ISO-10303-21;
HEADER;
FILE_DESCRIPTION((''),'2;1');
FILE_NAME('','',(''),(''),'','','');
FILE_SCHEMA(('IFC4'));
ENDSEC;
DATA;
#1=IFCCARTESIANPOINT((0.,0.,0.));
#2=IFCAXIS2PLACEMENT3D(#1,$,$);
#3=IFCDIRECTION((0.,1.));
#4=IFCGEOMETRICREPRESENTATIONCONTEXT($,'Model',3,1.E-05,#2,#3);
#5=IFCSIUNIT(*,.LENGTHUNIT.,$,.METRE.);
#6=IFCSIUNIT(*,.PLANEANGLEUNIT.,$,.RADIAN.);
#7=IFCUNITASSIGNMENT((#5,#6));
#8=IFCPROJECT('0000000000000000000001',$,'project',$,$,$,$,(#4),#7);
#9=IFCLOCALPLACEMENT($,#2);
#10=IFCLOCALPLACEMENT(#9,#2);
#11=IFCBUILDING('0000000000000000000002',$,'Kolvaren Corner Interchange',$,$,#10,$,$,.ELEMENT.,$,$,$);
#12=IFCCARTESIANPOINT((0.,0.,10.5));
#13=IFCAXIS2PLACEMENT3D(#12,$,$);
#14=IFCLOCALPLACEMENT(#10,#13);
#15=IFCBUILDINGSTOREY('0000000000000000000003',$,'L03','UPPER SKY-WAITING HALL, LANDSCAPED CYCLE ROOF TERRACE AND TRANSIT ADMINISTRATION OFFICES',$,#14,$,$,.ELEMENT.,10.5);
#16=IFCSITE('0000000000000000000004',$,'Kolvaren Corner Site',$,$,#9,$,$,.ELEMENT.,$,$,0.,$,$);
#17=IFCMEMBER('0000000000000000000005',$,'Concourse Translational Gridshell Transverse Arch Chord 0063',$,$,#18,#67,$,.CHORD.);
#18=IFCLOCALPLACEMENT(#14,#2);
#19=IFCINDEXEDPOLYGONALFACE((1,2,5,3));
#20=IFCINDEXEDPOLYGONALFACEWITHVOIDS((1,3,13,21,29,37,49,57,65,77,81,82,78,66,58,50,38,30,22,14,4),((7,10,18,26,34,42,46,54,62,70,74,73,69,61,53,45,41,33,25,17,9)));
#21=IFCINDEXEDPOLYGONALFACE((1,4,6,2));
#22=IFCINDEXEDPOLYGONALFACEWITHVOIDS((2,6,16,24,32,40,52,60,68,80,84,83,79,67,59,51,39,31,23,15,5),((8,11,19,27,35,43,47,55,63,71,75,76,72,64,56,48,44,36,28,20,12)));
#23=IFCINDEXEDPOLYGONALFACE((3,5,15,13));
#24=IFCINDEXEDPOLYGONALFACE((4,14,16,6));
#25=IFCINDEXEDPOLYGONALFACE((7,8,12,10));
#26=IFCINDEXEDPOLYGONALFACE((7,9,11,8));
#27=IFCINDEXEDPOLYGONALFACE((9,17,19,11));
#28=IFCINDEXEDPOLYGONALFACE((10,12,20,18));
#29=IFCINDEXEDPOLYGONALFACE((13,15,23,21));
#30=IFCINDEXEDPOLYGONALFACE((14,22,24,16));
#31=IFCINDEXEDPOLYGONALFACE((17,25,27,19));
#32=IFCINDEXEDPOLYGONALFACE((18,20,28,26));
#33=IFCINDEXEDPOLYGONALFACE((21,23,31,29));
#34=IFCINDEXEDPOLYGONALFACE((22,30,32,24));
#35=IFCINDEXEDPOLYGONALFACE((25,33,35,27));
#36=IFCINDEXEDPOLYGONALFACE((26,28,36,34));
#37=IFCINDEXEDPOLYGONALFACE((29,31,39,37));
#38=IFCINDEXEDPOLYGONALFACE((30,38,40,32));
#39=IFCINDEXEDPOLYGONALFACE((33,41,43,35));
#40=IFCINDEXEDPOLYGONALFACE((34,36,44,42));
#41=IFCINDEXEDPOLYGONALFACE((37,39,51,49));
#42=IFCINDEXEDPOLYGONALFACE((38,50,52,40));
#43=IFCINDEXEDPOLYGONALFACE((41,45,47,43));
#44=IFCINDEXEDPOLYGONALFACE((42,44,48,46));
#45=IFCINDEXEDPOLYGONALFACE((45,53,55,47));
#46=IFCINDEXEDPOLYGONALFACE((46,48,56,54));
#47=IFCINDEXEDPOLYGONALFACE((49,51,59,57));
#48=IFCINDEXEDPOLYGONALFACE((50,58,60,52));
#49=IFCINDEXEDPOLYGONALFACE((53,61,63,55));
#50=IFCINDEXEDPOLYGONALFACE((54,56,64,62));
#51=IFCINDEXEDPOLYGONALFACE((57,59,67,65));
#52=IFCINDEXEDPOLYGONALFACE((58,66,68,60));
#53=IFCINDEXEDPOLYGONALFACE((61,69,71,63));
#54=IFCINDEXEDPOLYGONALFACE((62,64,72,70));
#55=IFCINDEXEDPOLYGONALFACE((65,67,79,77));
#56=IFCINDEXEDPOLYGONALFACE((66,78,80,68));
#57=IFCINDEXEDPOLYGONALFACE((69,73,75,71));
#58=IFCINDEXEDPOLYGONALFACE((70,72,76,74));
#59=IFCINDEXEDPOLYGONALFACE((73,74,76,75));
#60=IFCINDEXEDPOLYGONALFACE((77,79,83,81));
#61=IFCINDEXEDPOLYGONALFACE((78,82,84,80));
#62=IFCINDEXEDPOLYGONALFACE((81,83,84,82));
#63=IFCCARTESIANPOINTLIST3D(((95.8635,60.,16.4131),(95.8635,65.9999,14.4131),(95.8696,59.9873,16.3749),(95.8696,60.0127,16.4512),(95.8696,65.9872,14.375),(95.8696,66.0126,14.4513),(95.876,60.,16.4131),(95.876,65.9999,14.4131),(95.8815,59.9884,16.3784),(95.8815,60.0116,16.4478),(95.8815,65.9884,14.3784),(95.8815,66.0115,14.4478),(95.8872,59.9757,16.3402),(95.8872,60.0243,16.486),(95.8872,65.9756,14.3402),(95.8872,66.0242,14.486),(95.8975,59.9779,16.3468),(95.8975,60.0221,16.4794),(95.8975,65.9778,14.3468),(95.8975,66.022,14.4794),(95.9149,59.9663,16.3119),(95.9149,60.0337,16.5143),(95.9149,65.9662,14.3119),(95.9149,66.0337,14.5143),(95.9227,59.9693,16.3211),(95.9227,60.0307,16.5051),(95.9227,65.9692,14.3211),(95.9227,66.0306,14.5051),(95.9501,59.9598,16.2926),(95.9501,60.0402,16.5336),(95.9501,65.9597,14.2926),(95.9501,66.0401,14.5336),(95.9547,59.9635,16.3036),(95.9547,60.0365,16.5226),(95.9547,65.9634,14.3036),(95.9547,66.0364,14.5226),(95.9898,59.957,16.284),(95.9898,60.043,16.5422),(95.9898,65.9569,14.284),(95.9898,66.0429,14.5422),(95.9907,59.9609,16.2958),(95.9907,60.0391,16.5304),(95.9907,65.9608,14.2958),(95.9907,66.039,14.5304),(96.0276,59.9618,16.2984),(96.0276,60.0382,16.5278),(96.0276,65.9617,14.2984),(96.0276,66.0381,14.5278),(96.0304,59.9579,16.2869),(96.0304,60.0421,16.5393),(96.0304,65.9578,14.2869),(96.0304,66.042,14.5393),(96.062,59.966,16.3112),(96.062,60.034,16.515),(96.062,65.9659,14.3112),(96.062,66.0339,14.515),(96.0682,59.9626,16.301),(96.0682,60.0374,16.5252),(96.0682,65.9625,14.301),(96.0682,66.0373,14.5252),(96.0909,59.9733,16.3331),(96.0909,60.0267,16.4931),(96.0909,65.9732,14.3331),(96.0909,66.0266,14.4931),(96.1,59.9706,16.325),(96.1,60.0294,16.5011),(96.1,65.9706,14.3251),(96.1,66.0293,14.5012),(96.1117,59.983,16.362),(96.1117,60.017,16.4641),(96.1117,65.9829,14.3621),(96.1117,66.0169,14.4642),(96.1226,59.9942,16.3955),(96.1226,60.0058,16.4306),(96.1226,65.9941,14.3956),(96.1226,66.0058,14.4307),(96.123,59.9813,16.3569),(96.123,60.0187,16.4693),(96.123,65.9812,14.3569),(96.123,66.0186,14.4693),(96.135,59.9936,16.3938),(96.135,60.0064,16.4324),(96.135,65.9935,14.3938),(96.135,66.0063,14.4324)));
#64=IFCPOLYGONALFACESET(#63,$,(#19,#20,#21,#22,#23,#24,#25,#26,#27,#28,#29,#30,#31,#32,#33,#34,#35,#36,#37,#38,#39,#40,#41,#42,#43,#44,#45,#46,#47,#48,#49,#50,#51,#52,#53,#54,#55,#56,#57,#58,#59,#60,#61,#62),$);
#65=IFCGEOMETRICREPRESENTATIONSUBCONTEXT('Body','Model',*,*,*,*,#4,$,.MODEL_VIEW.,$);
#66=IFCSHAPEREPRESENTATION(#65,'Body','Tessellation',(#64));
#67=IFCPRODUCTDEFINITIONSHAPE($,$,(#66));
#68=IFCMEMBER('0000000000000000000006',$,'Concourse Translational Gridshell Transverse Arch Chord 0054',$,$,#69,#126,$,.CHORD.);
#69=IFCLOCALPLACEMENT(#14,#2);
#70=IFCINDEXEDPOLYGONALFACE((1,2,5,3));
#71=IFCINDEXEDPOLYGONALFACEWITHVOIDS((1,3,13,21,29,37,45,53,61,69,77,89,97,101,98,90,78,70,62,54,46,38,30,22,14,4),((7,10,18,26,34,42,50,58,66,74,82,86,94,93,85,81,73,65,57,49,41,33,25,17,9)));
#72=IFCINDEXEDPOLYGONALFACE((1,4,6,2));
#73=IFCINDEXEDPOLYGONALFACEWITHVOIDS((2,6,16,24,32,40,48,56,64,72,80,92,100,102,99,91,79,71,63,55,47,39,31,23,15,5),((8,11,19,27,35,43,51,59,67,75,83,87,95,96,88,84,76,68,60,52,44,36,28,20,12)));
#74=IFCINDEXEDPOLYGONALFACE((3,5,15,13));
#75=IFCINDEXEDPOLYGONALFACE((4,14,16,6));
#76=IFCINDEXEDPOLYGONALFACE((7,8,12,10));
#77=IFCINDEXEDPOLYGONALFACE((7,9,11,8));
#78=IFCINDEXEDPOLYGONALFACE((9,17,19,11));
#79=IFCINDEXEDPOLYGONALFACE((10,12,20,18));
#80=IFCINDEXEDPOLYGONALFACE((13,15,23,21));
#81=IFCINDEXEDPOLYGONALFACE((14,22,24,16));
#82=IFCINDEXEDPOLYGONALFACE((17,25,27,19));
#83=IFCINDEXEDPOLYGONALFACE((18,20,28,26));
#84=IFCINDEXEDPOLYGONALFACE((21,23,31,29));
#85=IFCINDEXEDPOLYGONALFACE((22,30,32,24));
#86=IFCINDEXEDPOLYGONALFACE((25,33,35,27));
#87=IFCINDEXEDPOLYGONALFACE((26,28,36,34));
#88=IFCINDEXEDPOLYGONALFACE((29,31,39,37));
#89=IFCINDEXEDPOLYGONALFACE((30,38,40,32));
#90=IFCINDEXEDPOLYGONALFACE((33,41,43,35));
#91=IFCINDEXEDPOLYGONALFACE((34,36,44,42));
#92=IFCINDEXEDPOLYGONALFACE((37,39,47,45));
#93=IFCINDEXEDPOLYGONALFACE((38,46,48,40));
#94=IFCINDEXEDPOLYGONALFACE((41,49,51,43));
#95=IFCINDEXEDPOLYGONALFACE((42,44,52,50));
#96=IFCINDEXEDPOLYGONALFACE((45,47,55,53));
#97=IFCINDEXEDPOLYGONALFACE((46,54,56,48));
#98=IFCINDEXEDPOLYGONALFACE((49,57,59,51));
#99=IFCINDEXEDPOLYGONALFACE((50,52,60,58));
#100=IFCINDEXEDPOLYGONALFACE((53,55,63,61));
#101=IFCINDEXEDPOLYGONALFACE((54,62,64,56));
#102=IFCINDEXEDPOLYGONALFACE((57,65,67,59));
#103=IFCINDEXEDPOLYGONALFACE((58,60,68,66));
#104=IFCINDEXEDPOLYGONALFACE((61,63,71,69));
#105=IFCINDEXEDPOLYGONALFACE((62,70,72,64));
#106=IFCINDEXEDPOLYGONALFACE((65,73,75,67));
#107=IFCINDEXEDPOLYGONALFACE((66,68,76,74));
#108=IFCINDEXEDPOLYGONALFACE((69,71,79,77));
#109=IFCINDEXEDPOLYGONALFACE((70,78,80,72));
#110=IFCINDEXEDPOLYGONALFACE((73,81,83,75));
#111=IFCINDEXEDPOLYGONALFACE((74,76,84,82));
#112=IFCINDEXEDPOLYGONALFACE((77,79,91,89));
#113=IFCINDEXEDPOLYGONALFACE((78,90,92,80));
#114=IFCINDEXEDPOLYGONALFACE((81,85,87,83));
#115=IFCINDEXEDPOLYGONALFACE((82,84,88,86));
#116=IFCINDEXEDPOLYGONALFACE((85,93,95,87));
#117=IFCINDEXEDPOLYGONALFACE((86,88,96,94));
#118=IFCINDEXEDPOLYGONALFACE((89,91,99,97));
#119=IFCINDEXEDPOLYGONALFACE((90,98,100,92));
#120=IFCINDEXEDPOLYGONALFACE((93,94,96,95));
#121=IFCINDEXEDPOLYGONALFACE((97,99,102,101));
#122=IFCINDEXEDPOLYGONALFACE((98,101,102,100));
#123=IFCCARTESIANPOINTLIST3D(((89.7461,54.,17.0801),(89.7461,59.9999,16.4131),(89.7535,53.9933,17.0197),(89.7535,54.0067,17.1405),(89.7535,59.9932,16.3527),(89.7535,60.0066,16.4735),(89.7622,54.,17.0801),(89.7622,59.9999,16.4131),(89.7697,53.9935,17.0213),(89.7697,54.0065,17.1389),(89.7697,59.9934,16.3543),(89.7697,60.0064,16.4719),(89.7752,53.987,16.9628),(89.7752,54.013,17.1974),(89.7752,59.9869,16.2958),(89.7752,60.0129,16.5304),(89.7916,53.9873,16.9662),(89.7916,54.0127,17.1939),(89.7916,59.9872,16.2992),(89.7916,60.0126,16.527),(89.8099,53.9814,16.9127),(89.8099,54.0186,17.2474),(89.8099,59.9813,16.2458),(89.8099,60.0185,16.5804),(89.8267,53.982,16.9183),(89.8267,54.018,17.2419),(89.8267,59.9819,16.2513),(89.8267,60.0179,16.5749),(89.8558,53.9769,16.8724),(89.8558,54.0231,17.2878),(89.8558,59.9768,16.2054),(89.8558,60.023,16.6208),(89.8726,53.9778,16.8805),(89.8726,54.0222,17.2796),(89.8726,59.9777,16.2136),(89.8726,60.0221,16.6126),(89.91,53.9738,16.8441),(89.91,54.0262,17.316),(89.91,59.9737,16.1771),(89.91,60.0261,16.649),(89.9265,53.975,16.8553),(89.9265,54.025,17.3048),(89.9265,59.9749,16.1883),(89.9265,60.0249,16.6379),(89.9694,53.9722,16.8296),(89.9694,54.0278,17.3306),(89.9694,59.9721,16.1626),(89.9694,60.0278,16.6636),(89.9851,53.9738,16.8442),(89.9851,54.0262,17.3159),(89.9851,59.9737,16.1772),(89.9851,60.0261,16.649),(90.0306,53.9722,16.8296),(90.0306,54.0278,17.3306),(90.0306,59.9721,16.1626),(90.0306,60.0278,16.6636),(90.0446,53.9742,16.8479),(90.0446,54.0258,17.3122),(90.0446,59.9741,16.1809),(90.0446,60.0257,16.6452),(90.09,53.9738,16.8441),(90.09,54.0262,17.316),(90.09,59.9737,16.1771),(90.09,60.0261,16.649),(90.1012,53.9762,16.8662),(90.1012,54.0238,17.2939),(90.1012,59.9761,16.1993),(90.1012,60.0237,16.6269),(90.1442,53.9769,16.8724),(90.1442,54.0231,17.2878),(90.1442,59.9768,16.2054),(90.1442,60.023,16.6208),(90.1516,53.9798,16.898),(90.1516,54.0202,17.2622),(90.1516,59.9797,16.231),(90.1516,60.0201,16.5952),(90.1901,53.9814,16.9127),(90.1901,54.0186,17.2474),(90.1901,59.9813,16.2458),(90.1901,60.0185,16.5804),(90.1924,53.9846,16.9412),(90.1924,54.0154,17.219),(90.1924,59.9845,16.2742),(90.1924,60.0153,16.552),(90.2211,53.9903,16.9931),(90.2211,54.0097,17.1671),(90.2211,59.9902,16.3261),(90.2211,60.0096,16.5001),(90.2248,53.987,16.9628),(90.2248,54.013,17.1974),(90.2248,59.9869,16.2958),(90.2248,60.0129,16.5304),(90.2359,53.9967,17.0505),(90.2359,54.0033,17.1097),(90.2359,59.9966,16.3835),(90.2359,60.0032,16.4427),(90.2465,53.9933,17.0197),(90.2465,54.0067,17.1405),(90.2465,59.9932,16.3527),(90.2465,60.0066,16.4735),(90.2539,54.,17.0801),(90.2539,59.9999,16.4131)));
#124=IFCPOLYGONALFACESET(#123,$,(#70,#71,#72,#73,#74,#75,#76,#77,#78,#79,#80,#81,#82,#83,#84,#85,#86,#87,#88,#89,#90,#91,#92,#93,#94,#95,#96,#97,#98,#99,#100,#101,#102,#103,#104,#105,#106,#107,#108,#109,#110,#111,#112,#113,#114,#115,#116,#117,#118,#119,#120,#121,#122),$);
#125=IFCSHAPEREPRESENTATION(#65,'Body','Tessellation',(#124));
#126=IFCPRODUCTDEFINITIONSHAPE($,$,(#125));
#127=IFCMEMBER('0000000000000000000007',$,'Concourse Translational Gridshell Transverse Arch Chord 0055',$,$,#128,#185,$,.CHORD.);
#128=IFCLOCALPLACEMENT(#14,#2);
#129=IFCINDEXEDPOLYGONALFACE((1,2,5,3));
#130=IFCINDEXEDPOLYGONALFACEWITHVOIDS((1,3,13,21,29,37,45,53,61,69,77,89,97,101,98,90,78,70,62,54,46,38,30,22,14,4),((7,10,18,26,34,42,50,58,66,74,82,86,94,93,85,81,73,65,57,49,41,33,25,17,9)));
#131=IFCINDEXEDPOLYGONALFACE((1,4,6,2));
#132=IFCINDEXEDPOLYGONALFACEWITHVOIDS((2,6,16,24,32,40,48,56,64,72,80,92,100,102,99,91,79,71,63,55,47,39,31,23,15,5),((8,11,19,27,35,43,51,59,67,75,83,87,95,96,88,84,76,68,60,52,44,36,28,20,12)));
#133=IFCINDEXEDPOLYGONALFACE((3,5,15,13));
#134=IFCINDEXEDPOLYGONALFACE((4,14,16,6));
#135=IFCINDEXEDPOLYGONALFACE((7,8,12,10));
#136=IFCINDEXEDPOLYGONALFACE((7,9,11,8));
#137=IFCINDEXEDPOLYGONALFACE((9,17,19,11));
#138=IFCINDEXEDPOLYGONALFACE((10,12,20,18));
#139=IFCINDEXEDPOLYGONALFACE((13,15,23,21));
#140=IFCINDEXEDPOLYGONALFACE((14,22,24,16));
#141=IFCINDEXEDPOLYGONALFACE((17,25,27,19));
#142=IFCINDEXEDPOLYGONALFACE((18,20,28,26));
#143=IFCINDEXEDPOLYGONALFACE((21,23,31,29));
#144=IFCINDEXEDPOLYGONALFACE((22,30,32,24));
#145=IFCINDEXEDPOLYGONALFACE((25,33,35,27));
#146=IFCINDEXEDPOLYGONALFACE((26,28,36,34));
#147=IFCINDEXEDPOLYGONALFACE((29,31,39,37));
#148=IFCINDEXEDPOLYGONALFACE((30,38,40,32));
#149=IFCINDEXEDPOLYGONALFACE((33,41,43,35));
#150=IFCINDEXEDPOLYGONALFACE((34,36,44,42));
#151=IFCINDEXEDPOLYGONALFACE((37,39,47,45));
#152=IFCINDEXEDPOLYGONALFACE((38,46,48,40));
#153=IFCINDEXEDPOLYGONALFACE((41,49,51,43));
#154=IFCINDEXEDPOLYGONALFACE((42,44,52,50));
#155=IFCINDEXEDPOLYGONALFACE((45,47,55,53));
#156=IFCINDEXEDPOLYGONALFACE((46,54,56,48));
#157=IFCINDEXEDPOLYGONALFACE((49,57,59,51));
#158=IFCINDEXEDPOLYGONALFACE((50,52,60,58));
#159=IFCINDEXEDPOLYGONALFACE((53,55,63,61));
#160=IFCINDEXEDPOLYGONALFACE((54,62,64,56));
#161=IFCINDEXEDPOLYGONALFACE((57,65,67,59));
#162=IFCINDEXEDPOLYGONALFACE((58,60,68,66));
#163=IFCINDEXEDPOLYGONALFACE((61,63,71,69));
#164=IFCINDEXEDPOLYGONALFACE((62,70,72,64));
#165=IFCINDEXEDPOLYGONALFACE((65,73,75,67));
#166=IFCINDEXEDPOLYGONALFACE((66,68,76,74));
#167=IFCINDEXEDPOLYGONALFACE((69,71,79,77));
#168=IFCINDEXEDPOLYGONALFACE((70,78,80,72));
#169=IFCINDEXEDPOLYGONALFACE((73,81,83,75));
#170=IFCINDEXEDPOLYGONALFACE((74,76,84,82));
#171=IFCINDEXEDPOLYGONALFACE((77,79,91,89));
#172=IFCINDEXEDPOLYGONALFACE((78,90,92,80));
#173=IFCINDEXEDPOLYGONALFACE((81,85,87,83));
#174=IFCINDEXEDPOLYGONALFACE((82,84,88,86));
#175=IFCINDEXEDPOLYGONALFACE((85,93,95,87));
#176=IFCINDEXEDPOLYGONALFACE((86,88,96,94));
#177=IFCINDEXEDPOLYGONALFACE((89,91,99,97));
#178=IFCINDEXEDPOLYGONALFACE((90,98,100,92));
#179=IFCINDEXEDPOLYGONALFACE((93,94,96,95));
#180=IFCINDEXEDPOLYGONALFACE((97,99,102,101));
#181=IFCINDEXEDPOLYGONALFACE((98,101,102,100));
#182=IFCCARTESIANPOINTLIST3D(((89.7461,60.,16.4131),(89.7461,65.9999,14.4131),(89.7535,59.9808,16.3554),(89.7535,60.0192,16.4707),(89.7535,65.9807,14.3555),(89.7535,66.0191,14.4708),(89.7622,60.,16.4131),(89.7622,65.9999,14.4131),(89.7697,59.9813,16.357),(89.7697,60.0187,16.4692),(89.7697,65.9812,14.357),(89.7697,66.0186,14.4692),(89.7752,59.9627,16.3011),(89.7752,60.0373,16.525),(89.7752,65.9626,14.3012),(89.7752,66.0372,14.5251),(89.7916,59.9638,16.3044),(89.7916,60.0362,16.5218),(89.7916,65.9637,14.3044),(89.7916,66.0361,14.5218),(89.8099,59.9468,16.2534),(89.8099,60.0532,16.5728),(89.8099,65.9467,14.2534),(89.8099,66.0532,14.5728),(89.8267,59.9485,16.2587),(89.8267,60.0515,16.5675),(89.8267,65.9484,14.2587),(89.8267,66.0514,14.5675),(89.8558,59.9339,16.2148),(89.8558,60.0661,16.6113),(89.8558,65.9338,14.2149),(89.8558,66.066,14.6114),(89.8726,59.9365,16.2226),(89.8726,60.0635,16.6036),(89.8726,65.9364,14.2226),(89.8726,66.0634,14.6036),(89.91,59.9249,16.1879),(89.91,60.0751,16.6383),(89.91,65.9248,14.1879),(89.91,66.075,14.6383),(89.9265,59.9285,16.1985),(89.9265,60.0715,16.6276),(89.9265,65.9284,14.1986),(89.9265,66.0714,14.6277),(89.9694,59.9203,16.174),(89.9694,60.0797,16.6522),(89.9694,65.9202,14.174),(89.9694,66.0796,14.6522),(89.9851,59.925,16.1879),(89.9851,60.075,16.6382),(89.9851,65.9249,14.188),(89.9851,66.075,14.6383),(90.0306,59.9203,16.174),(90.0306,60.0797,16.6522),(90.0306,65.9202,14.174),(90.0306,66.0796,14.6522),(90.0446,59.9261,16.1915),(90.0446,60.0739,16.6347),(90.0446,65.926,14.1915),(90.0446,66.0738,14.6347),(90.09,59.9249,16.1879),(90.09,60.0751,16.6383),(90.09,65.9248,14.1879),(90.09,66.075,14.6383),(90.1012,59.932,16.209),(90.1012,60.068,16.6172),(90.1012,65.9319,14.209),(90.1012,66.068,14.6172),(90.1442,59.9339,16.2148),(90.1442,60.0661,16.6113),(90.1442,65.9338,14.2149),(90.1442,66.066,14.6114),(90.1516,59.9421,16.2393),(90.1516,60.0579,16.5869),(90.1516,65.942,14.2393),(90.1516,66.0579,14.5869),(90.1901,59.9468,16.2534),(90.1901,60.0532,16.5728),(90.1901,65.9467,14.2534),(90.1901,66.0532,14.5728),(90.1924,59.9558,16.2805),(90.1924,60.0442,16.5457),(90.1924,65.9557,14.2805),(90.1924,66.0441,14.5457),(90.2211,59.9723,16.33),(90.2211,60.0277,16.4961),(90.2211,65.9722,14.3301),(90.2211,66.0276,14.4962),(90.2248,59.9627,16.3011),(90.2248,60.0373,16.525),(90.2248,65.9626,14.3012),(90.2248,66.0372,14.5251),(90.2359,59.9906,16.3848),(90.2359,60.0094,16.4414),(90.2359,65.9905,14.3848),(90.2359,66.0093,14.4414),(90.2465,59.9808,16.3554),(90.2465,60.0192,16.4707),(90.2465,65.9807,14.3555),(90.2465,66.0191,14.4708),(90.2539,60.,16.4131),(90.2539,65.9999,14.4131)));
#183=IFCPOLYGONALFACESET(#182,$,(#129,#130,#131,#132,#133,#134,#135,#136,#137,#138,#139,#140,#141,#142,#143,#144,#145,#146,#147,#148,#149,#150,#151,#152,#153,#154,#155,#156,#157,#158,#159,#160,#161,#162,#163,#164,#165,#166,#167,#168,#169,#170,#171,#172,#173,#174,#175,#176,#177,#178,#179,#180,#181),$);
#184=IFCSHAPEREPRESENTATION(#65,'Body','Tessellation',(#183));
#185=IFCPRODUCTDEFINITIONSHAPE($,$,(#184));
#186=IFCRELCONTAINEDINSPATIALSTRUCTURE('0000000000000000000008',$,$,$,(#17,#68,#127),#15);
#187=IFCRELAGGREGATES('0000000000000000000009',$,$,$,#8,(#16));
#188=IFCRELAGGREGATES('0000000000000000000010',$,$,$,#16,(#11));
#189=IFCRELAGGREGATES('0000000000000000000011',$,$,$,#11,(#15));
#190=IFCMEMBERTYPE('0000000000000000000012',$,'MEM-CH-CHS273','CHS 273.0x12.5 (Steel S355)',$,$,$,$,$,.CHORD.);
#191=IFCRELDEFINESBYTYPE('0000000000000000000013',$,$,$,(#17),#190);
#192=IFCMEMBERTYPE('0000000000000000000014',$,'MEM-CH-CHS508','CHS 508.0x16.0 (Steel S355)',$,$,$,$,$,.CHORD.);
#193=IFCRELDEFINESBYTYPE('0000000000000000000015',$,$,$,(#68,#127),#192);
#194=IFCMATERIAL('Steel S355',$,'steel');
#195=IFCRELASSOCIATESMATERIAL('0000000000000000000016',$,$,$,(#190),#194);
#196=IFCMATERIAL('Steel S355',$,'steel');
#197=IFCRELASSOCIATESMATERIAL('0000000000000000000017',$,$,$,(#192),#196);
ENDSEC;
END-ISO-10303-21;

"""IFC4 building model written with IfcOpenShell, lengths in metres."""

from ifc_helpers import new_model, si_unit, direction, frame, origin, origin_2d, place, context, subcontext, project, spatial, hollow_circle, extrude, material, material_profile, profile_set, type_object, element, save


model = new_model("IFC4")

# Units and contexts
model_context = context("Model", 3, precision=1e-05, world=origin(), true_north=direction((0.0, 1.0)))
body_context = subcontext(model_context, "Body", "Model", "MODEL_VIEW")
ifc_project = project(units=[si_unit("LENGTHUNIT", "METRE"), si_unit("PLANEANGLEUNIT", "RADIAN")], contexts=[model_context])

# Site, building, storey
site_placement = place(None, origin())
site = spatial("IfcSite", under=ifc_project, at=site_placement, Name="Kolvaren Corner Site", CompositionType="ELEMENT", RefElevation=0.0)
building_placement = place(site_placement, origin())
building = spatial("IfcBuilding", under=site, at=building_placement, Name="Kolvaren Corner Interchange", CompositionType="ELEMENT")
storey_placement = place(building_placement, frame((0.0, 0.0, 10.5)))
storey = spatial("IfcBuildingStorey", under=building, at=storey_placement, Name="L03", Description="UPPER SKY-WAITING HALL, LANDSCAPED CYCLE ROOF TERRACE AND TRANSIT ADMINISTRATION OFFICES", CompositionType="ELEMENT", Elevation=10.5)

# Members
ifc_material_1 = material(Name="Steel S355", Category="steel")
ifc_material_profile_1 = material_profile(ifc_material_1, hollow_circle(Radius=0.1365, WallThickness=0.0125, at=origin_2d()), Name="CHS 273.0x12.5")
ifc_profile_set_1 = profile_set([ifc_material_profile_1], Name="Steel S355")
member_type_1 = type_object("IfcMemberType", Name="MEM-CH-CHS273", Description="CHS 273.0x12.5 (Steel S355)", PredefinedType="CHORD", material=ifc_profile_set_1)
member_1_placement = place(storey_placement, frame((96.0, 60.0, 16.4131), z_axis=(0.0, 0.948683, -0.316228), x_axis=(-1.0, 0.0, 0.0)))
element("IfcMember", 1, at=member_1_placement, inside=storey, type_object=member_type_1, Name="Concourse Translational Gridshell Transverse Arch Chord 0063", PredefinedType="CHORD", context=body_context, shape_type="SweptSolid", body=[
    extrude(hollow_circle(Radius=0.1365, WallThickness=0.0125, at=origin_2d()), origin(), (0.0, 0.0, 1.0), 6.3245),
])
ifc_material_2 = material(Name="Steel S355", Category="steel")
ifc_material_profile_2 = material_profile(ifc_material_2, hollow_circle(Radius=0.2539, WallThickness=0.0161, at=origin_2d()), Name="CHS 508.0x16.0")
ifc_profile_set_2 = profile_set([ifc_material_profile_2], Name="Steel S355")
member_type_2 = type_object("IfcMemberType", Name="MEM-CH-CHS508", Description="CHS 508.0x16.0 (Steel S355)", PredefinedType="CHORD", material=ifc_profile_set_2)
member_2_placement = place(storey_placement, frame((90.0, 54.0, 17.0801), z_axis=(0.0, 0.993878, -0.110485), x_axis=(-1.0, 0.0, 0.0)))
element("IfcMember", 2, at=member_2_placement, inside=storey, type_object=member_type_2, Name="Concourse Translational Gridshell Transverse Arch Chord 0054", PredefinedType="CHORD", context=body_context, shape_type="SweptSolid", body=[
    extrude(hollow_circle(Radius=0.2539, WallThickness=0.0161, at=origin_2d()), origin(), (0.0, 0.0, 1.0), 6.0369),
])
member_3_placement = place(storey_placement, frame((90.0, 60.0, 16.4131), z_axis=(0.0, 0.948683, -0.316228), x_axis=(-1.0, 0.0, 0.0)))
element("IfcMember", 3, at=member_3_placement, inside=storey, type_object=member_type_2, Name="Concourse Translational Gridshell Transverse Arch Chord 0055", PredefinedType="CHORD", context=body_context, shape_type="SweptSolid", body=[
    extrude(hollow_circle(Radius=0.2539, WallThickness=0.0161, at=origin_2d()), origin(), (0.0, 0.0, 1.0), 6.3245),
])

save(model, "model.ifc")
